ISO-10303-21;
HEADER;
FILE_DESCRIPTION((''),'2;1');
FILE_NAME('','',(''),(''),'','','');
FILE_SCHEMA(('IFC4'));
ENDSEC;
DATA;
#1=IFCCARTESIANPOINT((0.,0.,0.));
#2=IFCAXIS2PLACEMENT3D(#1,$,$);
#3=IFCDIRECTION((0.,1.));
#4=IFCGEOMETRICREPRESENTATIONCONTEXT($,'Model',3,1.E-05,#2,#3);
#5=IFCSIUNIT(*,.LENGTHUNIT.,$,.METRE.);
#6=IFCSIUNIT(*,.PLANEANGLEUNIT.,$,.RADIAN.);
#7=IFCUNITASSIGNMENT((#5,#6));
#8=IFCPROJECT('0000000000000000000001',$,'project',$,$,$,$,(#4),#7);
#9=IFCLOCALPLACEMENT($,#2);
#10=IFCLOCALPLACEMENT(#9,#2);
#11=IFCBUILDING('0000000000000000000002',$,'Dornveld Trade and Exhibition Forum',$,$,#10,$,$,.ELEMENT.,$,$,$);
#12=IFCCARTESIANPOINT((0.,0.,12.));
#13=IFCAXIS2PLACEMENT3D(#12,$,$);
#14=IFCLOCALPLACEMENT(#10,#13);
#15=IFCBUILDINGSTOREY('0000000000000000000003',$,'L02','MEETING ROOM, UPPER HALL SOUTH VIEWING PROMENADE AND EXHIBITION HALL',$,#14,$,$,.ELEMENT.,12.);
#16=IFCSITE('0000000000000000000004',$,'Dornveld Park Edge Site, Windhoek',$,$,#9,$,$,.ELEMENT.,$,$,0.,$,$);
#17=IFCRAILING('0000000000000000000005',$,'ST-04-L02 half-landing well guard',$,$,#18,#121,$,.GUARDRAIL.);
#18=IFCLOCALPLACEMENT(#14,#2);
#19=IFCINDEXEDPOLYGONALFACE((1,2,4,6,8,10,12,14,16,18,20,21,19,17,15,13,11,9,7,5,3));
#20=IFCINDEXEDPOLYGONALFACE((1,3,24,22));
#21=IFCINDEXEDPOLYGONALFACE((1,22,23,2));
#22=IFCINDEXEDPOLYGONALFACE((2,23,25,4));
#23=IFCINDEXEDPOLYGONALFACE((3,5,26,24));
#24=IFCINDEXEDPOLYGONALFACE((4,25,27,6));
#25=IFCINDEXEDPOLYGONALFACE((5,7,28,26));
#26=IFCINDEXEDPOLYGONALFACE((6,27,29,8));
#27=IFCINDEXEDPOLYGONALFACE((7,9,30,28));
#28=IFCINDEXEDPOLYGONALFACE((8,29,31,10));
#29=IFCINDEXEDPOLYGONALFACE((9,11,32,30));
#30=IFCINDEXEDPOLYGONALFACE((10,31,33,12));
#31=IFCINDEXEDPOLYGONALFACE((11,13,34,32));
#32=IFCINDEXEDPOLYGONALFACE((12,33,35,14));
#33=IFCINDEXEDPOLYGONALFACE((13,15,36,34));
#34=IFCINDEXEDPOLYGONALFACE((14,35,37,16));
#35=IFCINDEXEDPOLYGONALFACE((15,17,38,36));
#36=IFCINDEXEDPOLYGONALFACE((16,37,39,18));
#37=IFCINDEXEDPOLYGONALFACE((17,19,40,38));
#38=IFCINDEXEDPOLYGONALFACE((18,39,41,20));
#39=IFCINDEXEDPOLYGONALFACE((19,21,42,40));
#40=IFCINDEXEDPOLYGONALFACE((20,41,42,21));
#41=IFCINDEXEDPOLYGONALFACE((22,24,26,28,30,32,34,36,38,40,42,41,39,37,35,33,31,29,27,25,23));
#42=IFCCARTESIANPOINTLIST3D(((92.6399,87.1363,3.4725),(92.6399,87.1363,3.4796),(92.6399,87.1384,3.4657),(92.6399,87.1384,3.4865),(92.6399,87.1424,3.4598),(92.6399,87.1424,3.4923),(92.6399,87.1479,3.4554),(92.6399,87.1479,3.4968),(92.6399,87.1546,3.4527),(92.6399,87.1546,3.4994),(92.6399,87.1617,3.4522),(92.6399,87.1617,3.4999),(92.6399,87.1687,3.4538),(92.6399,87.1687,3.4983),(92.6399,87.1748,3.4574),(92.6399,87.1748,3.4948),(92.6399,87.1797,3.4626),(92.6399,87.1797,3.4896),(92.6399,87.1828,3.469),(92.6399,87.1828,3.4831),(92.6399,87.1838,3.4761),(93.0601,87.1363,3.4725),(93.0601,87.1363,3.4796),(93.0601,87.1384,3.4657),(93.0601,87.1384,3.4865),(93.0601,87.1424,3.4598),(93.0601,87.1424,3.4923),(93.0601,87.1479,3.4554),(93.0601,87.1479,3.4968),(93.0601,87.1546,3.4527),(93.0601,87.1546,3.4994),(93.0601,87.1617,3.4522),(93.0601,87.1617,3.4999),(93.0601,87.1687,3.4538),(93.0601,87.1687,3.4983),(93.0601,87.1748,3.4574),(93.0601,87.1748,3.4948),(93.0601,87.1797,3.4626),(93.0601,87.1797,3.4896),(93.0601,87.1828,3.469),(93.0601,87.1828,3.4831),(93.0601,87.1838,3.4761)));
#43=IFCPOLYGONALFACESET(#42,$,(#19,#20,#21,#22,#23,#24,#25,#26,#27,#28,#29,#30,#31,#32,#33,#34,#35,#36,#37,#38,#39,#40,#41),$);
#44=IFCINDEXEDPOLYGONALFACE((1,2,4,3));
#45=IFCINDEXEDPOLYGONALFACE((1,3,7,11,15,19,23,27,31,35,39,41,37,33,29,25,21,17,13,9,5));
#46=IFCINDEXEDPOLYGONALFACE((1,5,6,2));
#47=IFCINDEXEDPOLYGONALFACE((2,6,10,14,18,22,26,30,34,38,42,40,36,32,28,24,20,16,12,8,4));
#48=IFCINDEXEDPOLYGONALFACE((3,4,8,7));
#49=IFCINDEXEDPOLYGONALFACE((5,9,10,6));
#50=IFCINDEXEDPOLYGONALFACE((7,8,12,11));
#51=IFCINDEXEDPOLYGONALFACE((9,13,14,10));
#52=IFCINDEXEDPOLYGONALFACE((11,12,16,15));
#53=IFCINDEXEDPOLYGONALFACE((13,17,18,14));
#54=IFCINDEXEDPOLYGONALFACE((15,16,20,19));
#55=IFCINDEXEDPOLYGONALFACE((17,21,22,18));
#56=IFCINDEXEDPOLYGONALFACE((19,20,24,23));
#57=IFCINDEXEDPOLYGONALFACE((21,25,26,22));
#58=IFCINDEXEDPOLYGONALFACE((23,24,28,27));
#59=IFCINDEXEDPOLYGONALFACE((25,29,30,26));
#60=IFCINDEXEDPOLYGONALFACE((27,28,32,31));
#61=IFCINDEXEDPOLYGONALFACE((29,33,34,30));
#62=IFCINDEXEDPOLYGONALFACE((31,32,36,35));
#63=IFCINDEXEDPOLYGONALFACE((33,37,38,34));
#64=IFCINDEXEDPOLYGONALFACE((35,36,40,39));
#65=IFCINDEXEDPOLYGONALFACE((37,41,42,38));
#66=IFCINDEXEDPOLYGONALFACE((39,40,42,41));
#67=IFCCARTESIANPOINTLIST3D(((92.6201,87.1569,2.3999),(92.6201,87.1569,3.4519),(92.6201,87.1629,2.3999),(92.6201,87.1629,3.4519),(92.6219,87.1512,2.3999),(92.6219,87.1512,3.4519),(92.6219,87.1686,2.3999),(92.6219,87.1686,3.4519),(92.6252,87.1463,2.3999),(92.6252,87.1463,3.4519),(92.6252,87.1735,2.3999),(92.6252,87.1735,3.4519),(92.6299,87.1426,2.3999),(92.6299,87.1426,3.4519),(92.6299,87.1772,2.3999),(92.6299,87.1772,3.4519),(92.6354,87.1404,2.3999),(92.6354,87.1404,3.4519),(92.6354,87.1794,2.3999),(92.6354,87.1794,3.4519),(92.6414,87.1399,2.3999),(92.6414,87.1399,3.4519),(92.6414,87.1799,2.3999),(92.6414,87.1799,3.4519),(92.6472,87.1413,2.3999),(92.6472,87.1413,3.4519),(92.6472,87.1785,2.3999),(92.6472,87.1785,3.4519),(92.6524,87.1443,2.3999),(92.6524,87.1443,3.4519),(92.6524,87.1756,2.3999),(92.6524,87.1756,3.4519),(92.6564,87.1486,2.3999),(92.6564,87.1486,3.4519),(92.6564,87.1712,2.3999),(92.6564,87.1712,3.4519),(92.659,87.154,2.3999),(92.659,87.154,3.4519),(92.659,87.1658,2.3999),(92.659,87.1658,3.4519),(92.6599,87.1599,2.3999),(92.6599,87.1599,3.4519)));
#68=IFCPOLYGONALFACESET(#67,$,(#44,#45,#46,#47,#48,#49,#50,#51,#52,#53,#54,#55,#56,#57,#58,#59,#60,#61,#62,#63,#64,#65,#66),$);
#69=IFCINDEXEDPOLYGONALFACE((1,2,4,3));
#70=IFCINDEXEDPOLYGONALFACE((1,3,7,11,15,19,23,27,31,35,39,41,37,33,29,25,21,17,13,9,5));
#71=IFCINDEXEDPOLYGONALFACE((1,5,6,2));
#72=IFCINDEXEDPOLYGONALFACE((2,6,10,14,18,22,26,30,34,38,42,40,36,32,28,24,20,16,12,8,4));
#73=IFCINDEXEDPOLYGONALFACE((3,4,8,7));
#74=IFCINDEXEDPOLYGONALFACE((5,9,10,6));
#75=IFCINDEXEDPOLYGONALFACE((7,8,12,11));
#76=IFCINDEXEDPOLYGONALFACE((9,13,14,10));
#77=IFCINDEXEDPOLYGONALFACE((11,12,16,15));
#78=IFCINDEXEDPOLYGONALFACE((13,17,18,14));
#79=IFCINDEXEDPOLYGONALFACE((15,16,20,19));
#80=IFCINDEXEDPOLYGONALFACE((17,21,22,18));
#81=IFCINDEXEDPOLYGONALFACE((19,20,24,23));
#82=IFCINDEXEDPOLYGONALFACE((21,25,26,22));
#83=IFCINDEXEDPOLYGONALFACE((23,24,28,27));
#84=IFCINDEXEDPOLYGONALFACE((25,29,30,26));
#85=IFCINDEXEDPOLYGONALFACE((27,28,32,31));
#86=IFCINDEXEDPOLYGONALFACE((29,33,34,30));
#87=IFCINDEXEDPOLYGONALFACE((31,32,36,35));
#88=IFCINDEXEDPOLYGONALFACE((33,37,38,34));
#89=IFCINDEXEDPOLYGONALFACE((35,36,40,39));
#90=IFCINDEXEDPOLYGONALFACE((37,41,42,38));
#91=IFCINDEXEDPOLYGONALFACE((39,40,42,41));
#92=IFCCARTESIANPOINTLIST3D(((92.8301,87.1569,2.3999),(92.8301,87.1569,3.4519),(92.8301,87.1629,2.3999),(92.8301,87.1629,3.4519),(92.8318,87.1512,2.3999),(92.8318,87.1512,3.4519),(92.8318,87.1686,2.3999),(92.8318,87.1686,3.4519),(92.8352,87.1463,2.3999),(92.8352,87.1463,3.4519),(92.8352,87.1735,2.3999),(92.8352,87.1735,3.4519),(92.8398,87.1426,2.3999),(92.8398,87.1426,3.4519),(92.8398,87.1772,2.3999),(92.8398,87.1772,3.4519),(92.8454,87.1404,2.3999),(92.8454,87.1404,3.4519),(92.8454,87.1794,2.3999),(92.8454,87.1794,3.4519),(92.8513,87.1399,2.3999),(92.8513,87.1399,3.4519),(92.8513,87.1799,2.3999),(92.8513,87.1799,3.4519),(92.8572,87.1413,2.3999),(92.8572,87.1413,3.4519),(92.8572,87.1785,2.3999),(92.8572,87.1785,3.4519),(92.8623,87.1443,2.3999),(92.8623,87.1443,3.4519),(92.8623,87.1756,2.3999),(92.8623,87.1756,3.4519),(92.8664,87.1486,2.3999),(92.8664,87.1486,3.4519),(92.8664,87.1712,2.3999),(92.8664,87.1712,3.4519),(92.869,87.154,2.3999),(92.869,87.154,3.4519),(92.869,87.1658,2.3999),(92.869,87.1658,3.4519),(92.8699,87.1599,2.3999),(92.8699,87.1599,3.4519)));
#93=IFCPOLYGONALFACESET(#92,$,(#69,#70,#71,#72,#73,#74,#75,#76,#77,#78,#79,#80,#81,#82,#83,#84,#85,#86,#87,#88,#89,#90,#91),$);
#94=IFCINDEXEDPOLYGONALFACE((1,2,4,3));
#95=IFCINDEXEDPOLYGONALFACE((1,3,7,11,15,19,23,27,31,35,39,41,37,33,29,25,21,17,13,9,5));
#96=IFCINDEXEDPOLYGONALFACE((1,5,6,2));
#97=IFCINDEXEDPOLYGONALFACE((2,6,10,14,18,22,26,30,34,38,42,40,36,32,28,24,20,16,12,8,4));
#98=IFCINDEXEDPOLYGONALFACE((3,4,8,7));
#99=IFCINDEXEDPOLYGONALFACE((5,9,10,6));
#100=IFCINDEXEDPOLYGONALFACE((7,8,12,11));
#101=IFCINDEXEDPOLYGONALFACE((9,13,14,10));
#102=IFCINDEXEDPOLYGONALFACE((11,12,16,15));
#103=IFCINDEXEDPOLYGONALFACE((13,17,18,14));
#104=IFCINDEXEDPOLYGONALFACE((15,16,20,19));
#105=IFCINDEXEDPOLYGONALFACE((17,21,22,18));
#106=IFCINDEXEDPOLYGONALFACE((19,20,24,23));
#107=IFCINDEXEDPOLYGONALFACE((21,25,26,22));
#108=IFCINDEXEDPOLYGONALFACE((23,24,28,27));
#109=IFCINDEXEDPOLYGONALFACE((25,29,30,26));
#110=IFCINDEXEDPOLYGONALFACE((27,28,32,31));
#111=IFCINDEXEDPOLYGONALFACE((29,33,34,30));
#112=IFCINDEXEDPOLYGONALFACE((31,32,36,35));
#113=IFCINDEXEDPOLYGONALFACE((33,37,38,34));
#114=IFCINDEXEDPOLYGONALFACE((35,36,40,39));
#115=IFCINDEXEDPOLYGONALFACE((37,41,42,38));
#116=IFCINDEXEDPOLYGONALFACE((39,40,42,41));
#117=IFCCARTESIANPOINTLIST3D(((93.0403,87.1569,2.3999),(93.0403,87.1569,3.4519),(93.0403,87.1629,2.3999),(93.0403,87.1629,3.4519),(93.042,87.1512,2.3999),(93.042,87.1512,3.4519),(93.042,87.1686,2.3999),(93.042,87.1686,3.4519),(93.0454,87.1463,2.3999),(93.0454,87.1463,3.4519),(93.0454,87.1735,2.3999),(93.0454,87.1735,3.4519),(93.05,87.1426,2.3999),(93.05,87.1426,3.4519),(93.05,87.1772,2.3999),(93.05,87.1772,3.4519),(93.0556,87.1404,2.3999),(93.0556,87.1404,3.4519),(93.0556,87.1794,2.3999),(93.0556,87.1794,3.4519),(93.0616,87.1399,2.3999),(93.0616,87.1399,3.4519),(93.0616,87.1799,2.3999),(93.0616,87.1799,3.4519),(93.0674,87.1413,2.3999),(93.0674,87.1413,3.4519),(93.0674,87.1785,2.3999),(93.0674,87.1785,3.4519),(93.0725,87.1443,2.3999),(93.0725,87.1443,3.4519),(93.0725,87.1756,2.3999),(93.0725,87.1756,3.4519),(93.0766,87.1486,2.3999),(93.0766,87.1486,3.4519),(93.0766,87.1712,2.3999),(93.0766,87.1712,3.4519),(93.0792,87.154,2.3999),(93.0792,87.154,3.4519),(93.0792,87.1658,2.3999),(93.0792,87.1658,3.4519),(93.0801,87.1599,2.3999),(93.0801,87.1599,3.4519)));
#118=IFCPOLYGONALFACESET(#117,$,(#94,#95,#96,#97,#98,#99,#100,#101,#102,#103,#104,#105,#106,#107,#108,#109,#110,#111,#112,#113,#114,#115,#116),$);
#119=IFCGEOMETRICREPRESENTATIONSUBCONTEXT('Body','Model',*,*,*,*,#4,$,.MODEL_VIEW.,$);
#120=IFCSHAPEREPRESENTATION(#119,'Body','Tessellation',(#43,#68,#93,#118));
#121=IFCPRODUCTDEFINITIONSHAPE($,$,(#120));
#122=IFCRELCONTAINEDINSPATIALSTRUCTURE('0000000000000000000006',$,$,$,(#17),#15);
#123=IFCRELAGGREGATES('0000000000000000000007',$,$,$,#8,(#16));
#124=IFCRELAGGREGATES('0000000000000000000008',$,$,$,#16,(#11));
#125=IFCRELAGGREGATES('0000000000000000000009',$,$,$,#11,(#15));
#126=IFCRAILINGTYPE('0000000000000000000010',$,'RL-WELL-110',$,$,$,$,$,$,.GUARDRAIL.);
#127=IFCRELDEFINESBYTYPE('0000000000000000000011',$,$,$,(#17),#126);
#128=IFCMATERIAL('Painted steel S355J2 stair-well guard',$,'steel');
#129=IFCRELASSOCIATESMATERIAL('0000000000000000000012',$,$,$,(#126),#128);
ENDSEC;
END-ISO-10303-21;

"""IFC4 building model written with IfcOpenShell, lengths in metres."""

from ifc_helpers import new_model, si_unit, direction, frame, origin, origin_2d, place, context, subcontext, project, spatial, circle, extrude, material, type_object, element, save


model = new_model("IFC4")

# Units and contexts
model_context = context("Model", 3, precision=1e-05, world=origin(), true_north=direction((0.0, 1.0)))
body_context = subcontext(model_context, "Body", "Model", "MODEL_VIEW")
ifc_project = project(units=[si_unit("LENGTHUNIT", "METRE"), si_unit("PLANEANGLEUNIT", "RADIAN")], contexts=[model_context])

# Site, building, storey
site_placement = place(None, origin())
site = spatial("IfcSite", under=ifc_project, at=site_placement, Name="Dornveld Park Edge Site, Windhoek", CompositionType="ELEMENT", RefElevation=0.0)
building_placement = place(site_placement, origin())
building = spatial("IfcBuilding", under=site, at=building_placement, Name="Dornveld Trade and Exhibition Forum", CompositionType="ELEMENT")
storey_placement = place(building_placement, frame((0.0, 0.0, 12.0)))
storey = spatial("IfcBuildingStorey", under=building, at=storey_placement, Name="L02", Description="MEETING ROOM, UPPER HALL SOUTH VIEWING PROMENADE AND EXHIBITION HALL", CompositionType="ELEMENT", Elevation=12.0)

# Railing
ifc_material_1 = material(Name="Painted steel S355J2 stair-well guard", Category="steel")
railing_type_1 = type_object("IfcRailingType", Name="RL-WELL-110", PredefinedType="GUARDRAIL", material=ifc_material_1)
railing_1_placement = place(storey_placement, frame((92.6399, 87.1599, 2.3999)))
element("IfcRailing", 1, at=railing_1_placement, inside=storey, type_object=railing_type_1, Name="ST-04-L02 half-landing well guard", PredefinedType="GUARDRAIL", context=body_context, shape_type="SweptSolid", body=[
    extrude(circle(Radius=0.0239, at=origin_2d()), frame((0.0, 0.0, 1.0762), z_axis=(1.0, 0.0, 0.0), x_axis=(0.0, 1.0, 0.0)), (0.0, 0.0, 1.0), 0.4202),
    extrude(circle(Radius=0.02, at=origin_2d()), origin(), (0.0, 0.0, 1.0), 1.052),
    extrude(circle(Radius=0.02, at=origin_2d()), frame((0.21, 0.0, 0.0)), (0.0, 0.0, 1.0), 1.052),
    extrude(circle(Radius=0.02, at=origin_2d()), frame((0.4202, 0.0, 0.0)), (0.0, 0.0, 1.0), 1.052),
])

save(model, "model.ifc")
